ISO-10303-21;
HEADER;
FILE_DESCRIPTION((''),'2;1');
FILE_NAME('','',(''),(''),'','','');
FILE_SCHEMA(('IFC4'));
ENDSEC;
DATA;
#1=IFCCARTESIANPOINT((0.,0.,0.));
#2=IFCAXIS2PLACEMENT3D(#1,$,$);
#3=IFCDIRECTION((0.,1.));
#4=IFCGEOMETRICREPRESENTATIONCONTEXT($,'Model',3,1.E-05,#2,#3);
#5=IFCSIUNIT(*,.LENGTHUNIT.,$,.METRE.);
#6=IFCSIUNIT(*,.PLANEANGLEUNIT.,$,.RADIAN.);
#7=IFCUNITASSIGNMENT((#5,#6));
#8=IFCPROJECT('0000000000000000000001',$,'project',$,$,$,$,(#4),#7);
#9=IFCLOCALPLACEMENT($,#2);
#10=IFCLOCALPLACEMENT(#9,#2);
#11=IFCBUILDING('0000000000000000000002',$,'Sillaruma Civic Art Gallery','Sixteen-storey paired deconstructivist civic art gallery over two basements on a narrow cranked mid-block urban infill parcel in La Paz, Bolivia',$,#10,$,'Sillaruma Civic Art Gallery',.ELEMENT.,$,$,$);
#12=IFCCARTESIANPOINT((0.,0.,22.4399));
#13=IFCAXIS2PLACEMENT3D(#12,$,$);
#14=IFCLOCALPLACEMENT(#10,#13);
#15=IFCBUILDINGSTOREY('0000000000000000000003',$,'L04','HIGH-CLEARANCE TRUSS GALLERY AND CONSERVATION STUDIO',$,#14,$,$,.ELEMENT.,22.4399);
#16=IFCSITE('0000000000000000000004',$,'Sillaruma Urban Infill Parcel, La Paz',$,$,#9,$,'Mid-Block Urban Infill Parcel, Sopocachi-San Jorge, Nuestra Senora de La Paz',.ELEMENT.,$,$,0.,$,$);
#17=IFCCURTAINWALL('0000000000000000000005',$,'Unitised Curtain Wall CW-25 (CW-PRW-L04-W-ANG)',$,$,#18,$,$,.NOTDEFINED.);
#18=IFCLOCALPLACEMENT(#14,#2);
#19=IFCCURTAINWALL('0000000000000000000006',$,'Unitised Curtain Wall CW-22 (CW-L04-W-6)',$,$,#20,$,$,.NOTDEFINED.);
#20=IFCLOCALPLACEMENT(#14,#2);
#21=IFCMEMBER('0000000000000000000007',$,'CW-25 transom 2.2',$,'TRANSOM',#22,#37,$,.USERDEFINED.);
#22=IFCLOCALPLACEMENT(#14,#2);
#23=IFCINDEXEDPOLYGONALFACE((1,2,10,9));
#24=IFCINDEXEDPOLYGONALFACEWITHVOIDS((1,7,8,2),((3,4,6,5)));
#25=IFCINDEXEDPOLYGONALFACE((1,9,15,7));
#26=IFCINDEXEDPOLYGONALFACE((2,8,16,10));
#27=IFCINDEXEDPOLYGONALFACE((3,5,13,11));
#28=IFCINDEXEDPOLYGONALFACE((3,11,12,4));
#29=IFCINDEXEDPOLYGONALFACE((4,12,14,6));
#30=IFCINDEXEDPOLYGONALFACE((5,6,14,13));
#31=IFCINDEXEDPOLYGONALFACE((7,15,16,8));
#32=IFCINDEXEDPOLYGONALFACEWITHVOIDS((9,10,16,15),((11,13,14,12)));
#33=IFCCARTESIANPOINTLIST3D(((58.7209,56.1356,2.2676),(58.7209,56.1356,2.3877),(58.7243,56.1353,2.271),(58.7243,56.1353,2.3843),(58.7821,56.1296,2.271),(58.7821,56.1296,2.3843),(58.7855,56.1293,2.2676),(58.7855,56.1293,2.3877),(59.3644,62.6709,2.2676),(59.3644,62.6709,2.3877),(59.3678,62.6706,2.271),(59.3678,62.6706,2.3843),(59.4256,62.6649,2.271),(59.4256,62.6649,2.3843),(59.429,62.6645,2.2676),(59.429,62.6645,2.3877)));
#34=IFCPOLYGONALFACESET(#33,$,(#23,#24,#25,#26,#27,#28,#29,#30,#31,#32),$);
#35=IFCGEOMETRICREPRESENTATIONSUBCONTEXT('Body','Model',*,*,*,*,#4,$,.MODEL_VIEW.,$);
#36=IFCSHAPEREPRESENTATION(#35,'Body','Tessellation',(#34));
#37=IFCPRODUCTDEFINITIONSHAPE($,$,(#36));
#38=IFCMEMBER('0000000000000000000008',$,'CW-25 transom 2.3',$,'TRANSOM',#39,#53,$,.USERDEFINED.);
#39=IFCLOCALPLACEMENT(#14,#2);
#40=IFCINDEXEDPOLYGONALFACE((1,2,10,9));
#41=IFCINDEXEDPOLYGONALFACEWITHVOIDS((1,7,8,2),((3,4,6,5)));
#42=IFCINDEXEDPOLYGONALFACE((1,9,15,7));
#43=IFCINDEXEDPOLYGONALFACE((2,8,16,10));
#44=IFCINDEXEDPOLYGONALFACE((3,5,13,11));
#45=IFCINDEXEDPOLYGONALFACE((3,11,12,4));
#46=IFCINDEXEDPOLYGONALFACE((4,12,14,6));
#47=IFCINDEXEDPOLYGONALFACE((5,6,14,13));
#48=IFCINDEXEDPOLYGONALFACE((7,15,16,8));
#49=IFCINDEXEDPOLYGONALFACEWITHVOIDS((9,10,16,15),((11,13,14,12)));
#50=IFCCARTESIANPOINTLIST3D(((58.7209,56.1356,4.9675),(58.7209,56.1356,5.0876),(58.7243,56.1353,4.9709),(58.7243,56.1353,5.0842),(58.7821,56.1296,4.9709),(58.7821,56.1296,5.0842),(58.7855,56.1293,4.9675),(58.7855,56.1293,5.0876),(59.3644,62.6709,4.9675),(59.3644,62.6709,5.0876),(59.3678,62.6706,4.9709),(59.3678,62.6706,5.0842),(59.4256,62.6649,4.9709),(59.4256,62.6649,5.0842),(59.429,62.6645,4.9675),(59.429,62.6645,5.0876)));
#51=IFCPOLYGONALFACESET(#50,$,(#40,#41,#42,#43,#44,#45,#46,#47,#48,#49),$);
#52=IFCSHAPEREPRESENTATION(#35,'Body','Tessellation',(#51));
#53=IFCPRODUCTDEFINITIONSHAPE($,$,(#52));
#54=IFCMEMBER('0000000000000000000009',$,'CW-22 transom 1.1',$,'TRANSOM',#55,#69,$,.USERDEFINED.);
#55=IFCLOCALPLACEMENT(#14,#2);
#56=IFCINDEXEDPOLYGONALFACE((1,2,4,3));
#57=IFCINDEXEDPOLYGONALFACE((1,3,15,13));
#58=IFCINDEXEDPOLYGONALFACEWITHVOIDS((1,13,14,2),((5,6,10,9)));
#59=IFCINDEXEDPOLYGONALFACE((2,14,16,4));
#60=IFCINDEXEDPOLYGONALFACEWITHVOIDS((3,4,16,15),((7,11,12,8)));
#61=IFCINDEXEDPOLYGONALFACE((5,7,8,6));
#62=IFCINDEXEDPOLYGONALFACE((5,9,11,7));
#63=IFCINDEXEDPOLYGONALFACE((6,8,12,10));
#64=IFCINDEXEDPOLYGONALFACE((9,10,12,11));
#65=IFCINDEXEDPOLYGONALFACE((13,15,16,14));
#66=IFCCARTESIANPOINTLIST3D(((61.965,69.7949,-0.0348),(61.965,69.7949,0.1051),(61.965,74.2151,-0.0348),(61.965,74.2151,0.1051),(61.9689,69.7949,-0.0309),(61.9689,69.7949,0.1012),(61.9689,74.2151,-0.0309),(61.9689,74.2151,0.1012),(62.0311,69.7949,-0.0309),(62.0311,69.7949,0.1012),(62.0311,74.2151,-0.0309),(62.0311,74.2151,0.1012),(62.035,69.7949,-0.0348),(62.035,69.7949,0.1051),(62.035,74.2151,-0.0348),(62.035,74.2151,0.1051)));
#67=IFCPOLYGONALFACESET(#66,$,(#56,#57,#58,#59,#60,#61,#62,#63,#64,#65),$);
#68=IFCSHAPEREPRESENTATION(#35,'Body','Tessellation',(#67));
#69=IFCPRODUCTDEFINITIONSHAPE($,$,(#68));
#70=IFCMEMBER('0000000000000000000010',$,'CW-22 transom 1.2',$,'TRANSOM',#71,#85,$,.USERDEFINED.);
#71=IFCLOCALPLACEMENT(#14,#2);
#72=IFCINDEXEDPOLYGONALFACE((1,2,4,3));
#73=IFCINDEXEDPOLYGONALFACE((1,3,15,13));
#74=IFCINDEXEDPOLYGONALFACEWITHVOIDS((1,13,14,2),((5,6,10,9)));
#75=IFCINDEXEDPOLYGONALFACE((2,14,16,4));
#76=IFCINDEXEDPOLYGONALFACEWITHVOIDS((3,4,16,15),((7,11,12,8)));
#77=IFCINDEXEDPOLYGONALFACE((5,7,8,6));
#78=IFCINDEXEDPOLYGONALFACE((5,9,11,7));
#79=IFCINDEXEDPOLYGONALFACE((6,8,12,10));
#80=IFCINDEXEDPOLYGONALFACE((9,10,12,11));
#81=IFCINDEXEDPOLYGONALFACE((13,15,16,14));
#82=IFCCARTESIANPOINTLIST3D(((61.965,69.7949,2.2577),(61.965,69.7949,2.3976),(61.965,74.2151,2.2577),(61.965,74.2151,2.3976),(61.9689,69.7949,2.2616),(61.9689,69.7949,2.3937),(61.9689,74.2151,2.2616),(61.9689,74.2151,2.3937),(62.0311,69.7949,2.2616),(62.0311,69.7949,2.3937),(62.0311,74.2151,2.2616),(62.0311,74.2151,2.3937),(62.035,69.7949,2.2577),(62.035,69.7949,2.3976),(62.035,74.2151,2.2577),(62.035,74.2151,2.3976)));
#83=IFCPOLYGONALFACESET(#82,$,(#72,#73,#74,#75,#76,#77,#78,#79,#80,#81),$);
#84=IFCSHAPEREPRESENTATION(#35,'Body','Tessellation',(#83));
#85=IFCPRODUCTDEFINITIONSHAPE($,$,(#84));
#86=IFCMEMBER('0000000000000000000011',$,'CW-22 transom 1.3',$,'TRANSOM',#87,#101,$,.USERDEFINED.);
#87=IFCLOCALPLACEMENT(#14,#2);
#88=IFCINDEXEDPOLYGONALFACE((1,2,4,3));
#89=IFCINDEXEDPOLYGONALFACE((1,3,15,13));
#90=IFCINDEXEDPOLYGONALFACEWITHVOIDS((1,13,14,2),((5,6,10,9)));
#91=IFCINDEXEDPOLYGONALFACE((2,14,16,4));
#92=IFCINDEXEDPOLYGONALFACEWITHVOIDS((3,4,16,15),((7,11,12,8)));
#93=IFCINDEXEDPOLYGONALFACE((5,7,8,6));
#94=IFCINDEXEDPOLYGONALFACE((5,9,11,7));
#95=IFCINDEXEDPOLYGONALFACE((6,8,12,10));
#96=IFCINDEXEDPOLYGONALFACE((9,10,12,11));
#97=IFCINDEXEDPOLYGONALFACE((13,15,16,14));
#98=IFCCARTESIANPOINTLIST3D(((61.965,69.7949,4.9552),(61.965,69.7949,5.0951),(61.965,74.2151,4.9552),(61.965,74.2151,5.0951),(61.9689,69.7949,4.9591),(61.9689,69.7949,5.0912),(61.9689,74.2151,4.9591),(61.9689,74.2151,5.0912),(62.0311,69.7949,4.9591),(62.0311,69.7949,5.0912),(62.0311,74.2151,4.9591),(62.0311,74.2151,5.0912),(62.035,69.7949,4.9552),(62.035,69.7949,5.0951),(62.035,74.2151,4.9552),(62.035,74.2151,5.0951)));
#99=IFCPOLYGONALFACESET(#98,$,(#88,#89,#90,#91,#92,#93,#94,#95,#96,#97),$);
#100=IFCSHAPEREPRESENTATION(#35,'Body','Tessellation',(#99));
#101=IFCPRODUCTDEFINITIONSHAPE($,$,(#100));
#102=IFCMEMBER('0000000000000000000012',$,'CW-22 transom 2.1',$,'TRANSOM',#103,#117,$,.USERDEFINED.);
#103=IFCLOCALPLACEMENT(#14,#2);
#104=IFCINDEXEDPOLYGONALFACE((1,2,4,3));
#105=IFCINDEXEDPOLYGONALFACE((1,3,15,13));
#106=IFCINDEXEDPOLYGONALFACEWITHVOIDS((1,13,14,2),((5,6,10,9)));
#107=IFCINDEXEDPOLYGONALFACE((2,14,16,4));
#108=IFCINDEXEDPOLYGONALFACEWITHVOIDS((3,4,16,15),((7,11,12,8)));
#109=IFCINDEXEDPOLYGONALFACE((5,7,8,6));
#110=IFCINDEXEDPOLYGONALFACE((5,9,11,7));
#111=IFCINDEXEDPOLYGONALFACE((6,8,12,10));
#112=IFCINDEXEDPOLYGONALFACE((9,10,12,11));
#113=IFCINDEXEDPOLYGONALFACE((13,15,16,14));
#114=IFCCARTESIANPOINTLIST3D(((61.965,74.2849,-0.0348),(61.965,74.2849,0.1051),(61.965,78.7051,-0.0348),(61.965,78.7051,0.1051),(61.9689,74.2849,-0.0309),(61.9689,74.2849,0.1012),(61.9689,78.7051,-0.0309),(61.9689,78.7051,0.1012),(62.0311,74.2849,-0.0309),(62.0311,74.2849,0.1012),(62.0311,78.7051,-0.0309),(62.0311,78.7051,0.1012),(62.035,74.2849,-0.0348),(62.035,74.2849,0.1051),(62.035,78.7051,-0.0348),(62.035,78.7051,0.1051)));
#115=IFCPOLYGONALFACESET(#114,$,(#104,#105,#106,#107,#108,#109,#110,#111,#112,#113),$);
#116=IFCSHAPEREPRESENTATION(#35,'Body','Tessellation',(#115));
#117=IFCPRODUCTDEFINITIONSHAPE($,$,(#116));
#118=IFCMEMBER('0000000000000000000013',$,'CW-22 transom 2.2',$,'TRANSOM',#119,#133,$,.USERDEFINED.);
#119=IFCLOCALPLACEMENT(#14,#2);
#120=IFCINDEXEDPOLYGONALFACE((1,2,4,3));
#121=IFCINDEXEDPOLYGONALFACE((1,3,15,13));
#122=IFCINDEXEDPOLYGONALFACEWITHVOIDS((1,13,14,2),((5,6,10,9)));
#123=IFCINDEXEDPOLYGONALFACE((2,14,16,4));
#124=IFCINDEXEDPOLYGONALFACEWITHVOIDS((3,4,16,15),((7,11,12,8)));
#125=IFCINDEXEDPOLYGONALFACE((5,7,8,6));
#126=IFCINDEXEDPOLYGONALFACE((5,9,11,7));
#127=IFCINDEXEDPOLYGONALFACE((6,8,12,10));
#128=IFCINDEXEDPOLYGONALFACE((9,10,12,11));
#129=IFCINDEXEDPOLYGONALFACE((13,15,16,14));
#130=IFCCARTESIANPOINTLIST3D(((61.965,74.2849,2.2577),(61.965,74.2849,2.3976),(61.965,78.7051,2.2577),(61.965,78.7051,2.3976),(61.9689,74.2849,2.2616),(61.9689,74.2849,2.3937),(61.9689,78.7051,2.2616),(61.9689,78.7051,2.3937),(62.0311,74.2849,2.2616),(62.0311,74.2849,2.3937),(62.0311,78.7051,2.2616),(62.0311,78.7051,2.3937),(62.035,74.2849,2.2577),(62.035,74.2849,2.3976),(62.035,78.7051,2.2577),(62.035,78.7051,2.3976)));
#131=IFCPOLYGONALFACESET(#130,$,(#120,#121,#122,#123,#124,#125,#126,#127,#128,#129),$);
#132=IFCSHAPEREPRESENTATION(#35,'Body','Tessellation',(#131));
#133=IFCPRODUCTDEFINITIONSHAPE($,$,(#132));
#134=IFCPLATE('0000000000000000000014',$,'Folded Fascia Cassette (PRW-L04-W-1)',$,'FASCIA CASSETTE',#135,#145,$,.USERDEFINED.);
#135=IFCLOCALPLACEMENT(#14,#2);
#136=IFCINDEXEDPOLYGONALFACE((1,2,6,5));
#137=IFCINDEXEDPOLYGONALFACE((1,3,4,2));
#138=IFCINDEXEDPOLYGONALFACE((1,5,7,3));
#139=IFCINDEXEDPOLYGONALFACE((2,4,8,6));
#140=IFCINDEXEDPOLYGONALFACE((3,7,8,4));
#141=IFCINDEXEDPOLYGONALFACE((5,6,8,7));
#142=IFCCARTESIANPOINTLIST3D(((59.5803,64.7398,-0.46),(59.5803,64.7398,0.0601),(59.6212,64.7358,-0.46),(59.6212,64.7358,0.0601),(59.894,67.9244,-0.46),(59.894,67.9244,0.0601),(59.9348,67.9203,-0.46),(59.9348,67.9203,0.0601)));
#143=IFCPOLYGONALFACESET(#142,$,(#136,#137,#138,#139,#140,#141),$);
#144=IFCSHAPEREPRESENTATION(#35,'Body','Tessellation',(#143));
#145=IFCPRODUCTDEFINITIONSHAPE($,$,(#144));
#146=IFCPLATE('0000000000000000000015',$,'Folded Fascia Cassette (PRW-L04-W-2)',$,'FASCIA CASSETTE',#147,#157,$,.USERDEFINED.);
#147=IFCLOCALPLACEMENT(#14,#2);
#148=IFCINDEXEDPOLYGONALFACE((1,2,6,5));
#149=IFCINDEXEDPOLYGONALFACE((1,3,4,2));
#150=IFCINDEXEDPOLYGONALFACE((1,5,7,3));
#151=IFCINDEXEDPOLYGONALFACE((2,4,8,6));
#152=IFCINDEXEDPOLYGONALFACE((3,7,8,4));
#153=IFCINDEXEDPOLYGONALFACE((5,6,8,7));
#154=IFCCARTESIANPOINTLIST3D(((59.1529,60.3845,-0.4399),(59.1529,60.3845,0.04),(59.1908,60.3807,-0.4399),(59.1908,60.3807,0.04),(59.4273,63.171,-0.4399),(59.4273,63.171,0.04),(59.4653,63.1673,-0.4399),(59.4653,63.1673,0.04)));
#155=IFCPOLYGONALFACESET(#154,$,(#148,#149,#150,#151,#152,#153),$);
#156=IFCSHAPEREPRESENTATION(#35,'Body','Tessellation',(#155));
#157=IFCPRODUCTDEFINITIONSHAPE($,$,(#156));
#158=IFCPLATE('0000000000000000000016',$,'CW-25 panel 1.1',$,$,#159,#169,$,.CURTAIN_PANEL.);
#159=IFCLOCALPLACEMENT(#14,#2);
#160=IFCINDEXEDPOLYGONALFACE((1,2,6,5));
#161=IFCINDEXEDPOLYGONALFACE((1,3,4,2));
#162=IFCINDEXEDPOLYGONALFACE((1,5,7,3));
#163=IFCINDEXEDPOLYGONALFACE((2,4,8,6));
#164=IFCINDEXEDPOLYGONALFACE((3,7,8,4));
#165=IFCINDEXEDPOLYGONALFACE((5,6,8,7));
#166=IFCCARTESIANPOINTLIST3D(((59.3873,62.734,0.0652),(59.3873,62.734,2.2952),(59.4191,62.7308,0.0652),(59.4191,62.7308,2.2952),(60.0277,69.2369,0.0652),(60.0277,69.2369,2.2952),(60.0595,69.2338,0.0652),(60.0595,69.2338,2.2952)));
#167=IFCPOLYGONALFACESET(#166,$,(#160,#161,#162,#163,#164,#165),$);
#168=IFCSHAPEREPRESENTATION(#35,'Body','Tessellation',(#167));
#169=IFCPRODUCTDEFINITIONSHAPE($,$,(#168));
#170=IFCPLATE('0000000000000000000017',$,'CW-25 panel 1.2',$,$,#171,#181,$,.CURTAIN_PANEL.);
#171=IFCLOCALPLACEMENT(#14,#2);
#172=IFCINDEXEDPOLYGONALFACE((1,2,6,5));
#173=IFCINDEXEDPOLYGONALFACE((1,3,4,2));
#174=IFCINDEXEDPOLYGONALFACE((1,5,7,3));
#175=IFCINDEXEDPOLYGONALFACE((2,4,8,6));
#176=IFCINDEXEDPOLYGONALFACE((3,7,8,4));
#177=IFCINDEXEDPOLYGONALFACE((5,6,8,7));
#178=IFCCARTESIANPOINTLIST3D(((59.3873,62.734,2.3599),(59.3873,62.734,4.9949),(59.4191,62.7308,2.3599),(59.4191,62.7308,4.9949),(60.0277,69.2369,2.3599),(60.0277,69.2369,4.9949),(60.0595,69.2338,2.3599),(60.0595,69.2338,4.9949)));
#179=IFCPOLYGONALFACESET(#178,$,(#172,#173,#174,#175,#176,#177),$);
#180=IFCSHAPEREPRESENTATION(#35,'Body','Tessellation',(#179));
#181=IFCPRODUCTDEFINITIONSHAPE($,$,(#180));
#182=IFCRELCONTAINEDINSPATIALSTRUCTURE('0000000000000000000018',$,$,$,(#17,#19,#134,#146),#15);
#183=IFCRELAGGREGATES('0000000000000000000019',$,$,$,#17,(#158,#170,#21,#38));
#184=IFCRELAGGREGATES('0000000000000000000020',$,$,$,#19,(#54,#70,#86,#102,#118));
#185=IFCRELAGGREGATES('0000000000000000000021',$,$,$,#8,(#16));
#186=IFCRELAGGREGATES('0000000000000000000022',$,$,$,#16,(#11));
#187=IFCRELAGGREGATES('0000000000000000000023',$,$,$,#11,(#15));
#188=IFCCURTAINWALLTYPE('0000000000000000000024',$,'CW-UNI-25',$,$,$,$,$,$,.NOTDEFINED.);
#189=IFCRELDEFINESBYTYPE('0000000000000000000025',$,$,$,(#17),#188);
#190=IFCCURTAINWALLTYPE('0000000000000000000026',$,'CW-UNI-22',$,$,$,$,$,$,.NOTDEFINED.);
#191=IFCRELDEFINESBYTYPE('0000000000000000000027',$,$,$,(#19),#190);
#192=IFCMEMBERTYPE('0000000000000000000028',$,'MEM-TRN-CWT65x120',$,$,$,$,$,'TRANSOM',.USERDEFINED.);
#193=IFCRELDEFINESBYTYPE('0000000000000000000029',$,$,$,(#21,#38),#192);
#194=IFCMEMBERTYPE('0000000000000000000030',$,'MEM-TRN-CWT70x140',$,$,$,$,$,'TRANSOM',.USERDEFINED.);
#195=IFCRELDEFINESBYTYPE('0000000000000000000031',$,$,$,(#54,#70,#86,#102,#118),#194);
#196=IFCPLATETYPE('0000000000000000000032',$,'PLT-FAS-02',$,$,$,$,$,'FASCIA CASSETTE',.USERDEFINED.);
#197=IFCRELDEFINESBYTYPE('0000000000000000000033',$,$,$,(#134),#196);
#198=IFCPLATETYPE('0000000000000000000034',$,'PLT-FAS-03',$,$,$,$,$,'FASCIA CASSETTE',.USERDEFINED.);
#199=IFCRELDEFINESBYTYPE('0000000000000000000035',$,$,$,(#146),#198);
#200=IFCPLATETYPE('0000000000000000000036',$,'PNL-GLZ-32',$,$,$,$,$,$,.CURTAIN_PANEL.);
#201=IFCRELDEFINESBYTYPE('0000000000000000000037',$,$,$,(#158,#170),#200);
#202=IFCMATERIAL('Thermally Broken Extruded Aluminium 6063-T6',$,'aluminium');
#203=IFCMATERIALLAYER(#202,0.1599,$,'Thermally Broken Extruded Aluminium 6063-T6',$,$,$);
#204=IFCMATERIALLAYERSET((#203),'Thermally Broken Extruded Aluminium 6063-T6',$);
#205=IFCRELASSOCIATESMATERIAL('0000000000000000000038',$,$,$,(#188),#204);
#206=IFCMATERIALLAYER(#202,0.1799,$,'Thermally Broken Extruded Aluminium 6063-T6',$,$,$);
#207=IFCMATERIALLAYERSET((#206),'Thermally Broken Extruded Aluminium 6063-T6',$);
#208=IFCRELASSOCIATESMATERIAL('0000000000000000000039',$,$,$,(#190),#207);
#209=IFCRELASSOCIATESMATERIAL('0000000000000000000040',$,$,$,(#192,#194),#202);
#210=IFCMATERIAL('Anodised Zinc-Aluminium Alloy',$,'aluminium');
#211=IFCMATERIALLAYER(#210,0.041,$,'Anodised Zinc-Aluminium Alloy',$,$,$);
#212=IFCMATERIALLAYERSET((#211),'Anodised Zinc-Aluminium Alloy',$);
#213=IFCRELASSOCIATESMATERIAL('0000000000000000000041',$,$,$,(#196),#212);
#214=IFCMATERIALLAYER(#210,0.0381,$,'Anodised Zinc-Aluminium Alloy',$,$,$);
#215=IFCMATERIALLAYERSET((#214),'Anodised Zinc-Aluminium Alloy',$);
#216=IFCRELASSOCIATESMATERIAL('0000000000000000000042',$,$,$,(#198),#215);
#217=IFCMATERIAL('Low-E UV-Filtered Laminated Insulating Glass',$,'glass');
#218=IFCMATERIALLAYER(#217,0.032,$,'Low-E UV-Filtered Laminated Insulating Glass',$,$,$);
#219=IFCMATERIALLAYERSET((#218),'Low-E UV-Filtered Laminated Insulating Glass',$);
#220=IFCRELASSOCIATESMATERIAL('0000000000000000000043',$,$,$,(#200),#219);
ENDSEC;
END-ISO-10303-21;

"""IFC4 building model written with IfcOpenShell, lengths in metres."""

from ifc_helpers import new_model, si_unit, direction, frame, origin, origin_2d, place, context, subcontext, project, spatial, rectangle, hollow_rectangle, extrude, material, layer, layer_set, material_profile, profile_set, type_object, element, aggregate, save


model = new_model("IFC4")

# Units and contexts
model_context = context("Model", 3, precision=1e-05, world=origin(), true_north=direction((0.0, 1.0)))
body_context = subcontext(model_context, "Body", "Model", "MODEL_VIEW")
ifc_project = project(units=[si_unit("LENGTHUNIT", "METRE"), si_unit("PLANEANGLEUNIT", "RADIAN")], contexts=[model_context])

# Site, building, storey
site_placement = place(None, origin())
site = spatial("IfcSite", under=ifc_project, at=site_placement, Name="Sillaruma Urban Infill Parcel, La Paz", LongName="Mid-Block Urban Infill Parcel, Sopocachi-San Jorge, Nuestra Senora de La Paz", CompositionType="ELEMENT", RefElevation=0.0)
building_placement = place(site_placement, origin())
building = spatial("IfcBuilding", under=site, at=building_placement, Name="Sillaruma Civic Art Gallery", Description="Sixteen-storey paired deconstructivist civic art gallery over two basements on a narrow cranked mid-block urban infill parcel in La Paz, Bolivia", LongName="Sillaruma Civic Art Gallery", CompositionType="ELEMENT")
storey_placement = place(building_placement, frame((0.0, 0.0, 22.4399)))
storey = spatial("IfcBuildingStorey", under=building, at=storey_placement, Name="L04", Description="HIGH-CLEARANCE TRUSS GALLERY AND CONSERVATION STUDIO", CompositionType="ELEMENT", Elevation=22.4399)

# Curtain walls
ifc_material_1 = material(Name="Thermally Broken Extruded Aluminium 6063-T6", Category="aluminium")
ifc_layer_1 = layer(ifc_material_1, 0.1599, Name="Thermally Broken Extruded Aluminium 6063-T6")
ifc_layer_set_1 = layer_set([ifc_layer_1], Name="Thermally Broken Extruded Aluminium 6063-T6")
curtain_wall_type_1 = type_object("IfcCurtainWallType", Name="CW-UNI-25", PredefinedType="NOTDEFINED", material=ifc_layer_set_1)
curtain_wall_1_placement = place(storey_placement, origin())
curtain_wall_1 = element("IfcCurtainWall", 1, at=curtain_wall_1_placement, inside=storey, type_object=curtain_wall_type_1, Name="Unitised Curtain Wall CW-25 (CW-PRW-L04-W-ANG)", PredefinedType="NOTDEFINED")
ifc_layer_2 = layer(ifc_material_1, 0.1799, Name="Thermally Broken Extruded Aluminium 6063-T6")
ifc_layer_set_2 = layer_set([ifc_layer_2], Name="Thermally Broken Extruded Aluminium 6063-T6")
curtain_wall_type_2 = type_object("IfcCurtainWallType", Name="CW-UNI-22", PredefinedType="NOTDEFINED", material=ifc_layer_set_2)
curtain_wall_2_placement = place(storey_placement, origin())
curtain_wall_2 = element("IfcCurtainWall", 2, at=curtain_wall_2_placement, inside=storey, type_object=curtain_wall_type_2, Name="Unitised Curtain Wall CW-22 (CW-L04-W-6)", PredefinedType="NOTDEFINED")

# Members
ifc_material_profile_1 = material_profile(ifc_material_1, hollow_rectangle(XDim=0.0649, YDim=0.1201, WallThickness=0.0034, at=origin_2d()), Name="CWT65x120")
ifc_profile_set_1 = profile_set([ifc_material_profile_1], Name="Thermally Broken Extruded Aluminium 6063-T6")
member_type_1 = type_object("IfcMemberType", Name="MEM-TRN-CWT65x120", ElementType="TRANSOM", PredefinedType="USERDEFINED", material=ifc_profile_set_1)
member_1_placement = place(storey_placement, frame((59.3967, 62.6677, 2.3276), z_axis=(-0.097998, -0.995187, 0.0), x_axis=(0.995187, -0.097998, 0.0)))
member_1 = element("IfcMember", 3, at=member_1_placement, type_object=member_type_1, Name="CW-25 transom 2.2", ObjectType="TRANSOM", PredefinedType="USERDEFINED", context=body_context, shape_type="SweptSolid", body=[
    extrude(hollow_rectangle(XDim=0.0649, YDim=0.1201, WallThickness=0.0034, at=origin_2d()), origin(), (0.0, 0.0, 1.0), 6.5669),
])
member_2_placement = place(storey_placement, frame((59.3967, 62.6677, 5.0276), z_axis=(-0.097998, -0.995187, 0.0), x_axis=(0.995187, -0.097998, 0.0)))
member_2 = element("IfcMember", 4, at=member_2_placement, type_object=member_type_1, Name="CW-25 transom 2.3", ObjectType="TRANSOM", PredefinedType="USERDEFINED", context=body_context, shape_type="SweptSolid", body=[
    extrude(hollow_rectangle(XDim=0.0649, YDim=0.1201, WallThickness=0.0034, at=origin_2d()), origin(), (0.0, 0.0, 1.0), 6.5669),
])
ifc_material_profile_2 = material_profile(ifc_material_1, hollow_rectangle(XDim=0.0701, YDim=0.1399, WallThickness=0.0039, at=origin_2d()), Name="CWT70x140")
ifc_profile_set_2 = profile_set([ifc_material_profile_2], Name="Thermally Broken Extruded Aluminium 6063-T6")
member_type_2 = type_object("IfcMemberType", Name="MEM-TRN-CWT70x140", ElementType="TRANSOM", PredefinedType="USERDEFINED", material=ifc_profile_set_2)
member_3_placement = place(storey_placement, frame((62.0, 69.7949, 0.0352), z_axis=(0.0, 1.0, 0.0), x_axis=(-1.0, 0.0, 0.0)))
member_3 = element("IfcMember", 5, at=member_3_placement, type_object=member_type_2, Name="CW-22 transom 1.1", ObjectType="TRANSOM", PredefinedType="USERDEFINED", context=body_context, shape_type="SweptSolid", body=[
    extrude(hollow_rectangle(XDim=0.0701, YDim=0.1399, WallThickness=0.0039, at=origin_2d()), origin(), (0.0, 0.0, 1.0), 4.4202),
])
member_4_placement = place(storey_placement, frame((62.0, 69.7949, 2.3276), z_axis=(0.0, 1.0, 0.0), x_axis=(-1.0, 0.0, 0.0)))
member_4 = element("IfcMember", 6, at=member_4_placement, type_object=member_type_2, Name="CW-22 transom 1.2", ObjectType="TRANSOM", PredefinedType="USERDEFINED", context=body_context, shape_type="SweptSolid", body=[
    extrude(hollow_rectangle(XDim=0.0701, YDim=0.1399, WallThickness=0.0039, at=origin_2d()), origin(), (0.0, 0.0, 1.0), 4.4202),
])
member_5_placement = place(storey_placement, frame((62.0, 69.7949, 5.0251), z_axis=(0.0, 1.0, 0.0), x_axis=(-1.0, 0.0, 0.0)))
member_5 = element("IfcMember", 7, at=member_5_placement, type_object=member_type_2, Name="CW-22 transom 1.3", ObjectType="TRANSOM", PredefinedType="USERDEFINED", context=body_context, shape_type="SweptSolid", body=[
    extrude(hollow_rectangle(XDim=0.0701, YDim=0.1399, WallThickness=0.0039, at=origin_2d()), origin(), (0.0, 0.0, 1.0), 4.4202),
])
member_6_placement = place(storey_placement, frame((62.0, 74.2849, 0.0352), z_axis=(0.0, 1.0, 0.0), x_axis=(-1.0, 0.0, 0.0)))
member_6 = element("IfcMember", 8, at=member_6_placement, type_object=member_type_2, Name="CW-22 transom 2.1", ObjectType="TRANSOM", PredefinedType="USERDEFINED", context=body_context, shape_type="SweptSolid", body=[
    extrude(hollow_rectangle(XDim=0.0701, YDim=0.1399, WallThickness=0.0039, at=origin_2d()), origin(), (0.0, 0.0, 1.0), 4.4202),
])
member_7_placement = place(storey_placement, frame((62.0, 74.2849, 2.3276), z_axis=(0.0, 1.0, 0.0), x_axis=(-1.0, 0.0, 0.0)))
member_7 = element("IfcMember", 9, at=member_7_placement, type_object=member_type_2, Name="CW-22 transom 2.2", ObjectType="TRANSOM", PredefinedType="USERDEFINED", context=body_context, shape_type="SweptSolid", body=[
    extrude(hollow_rectangle(XDim=0.0701, YDim=0.1399, WallThickness=0.0039, at=origin_2d()), origin(), (0.0, 0.0, 1.0), 4.4202),
])

# Plates
ifc_material_2 = material(Name="Anodised Zinc-Aluminium Alloy", Category="aluminium")
ifc_layer_3 = layer(ifc_material_2, 0.041, Name="Anodised Zinc-Aluminium Alloy")
ifc_layer_set_3 = layer_set([ifc_layer_3], Name="Anodised Zinc-Aluminium Alloy")
plate_type_1 = type_object("IfcPlateType", Name="PLT-FAS-02", ElementType="FASCIA CASSETTE", PredefinedType="USERDEFINED", material=ifc_layer_set_3)
plate_1_placement = place(storey_placement, frame((59.7576, 66.3301, -0.46), z_axis=(0.0, 0.0, 1.0), x_axis=(-0.098011, -0.995185, 0.0)))
element("IfcPlate", 10, at=plate_1_placement, inside=storey, type_object=plate_type_1, Name="Folded Fascia Cassette (PRW-L04-W-1)", ObjectType="FASCIA CASSETTE", PredefinedType="USERDEFINED", context=body_context, shape_type="SweptSolid", body=[
    extrude(rectangle(XDim=3.2, YDim=0.041, at=origin_2d()), origin(), (0.0, 0.0, 1.0), 0.52),
])
ifc_layer_4 = layer(ifc_material_2, 0.0381, Name="Anodised Zinc-Aluminium Alloy")
ifc_layer_set_4 = layer_set([ifc_layer_4], Name="Anodised Zinc-Aluminium Alloy")
plate_type_2 = type_object("IfcPlateType", Name="PLT-FAS-03", ElementType="FASCIA CASSETTE", PredefinedType="USERDEFINED", material=ifc_layer_set_4)
plate_2_placement = place(storey_placement, frame((59.3091, 61.7759, -0.4399), z_axis=(0.0, 0.0, 1.0), x_axis=(-0.098011, -0.995185, 0.0)))
element("IfcPlate", 11, at=plate_2_placement, inside=storey, type_object=plate_type_2, Name="Folded Fascia Cassette (PRW-L04-W-2)", ObjectType="FASCIA CASSETTE", PredefinedType="USERDEFINED", context=body_context, shape_type="SweptSolid", body=[
    extrude(rectangle(XDim=2.8, YDim=0.0381, at=origin_2d()), origin(), (0.0, 0.0, 1.0), 0.48),
])

# Plates
ifc_material_3 = material(Name="Low-E UV-Filtered Laminated Insulating Glass", Category="glass")
ifc_layer_5 = layer(ifc_material_3, 0.032, Name="Low-E UV-Filtered Laminated Insulating Glass")
ifc_layer_set_5 = layer_set([ifc_layer_5], Name="Low-E UV-Filtered Laminated Insulating Glass")
plate_type_3 = type_object("IfcPlateType", Name="PNL-GLZ-32", PredefinedType="CURTAIN_PANEL", material=ifc_layer_set_5)
plate_3_placement = place(storey_placement, frame((59.7234, 65.9839, 0.0652), z_axis=(0.0, 0.0, 1.0), x_axis=(-0.098011, -0.995185, 0.0)))
plate_3 = element("IfcPlate", 12, at=plate_3_placement, type_object=plate_type_3, Name="CW-25 panel 1.1", PredefinedType="CURTAIN_PANEL", context=body_context, shape_type="SweptSolid", body=[
    extrude(rectangle(XDim=6.5344, YDim=0.032, at=origin_2d()), origin(), (0.0, 0.0, 1.0), 2.23),
])
plate_4_placement = place(storey_placement, frame((59.7234, 65.9839, 2.3599), z_axis=(0.0, 0.0, 1.0), x_axis=(-0.098011, -0.995185, 0.0)))
plate_4 = element("IfcPlate", 13, at=plate_4_placement, type_object=plate_type_3, Name="CW-25 panel 1.2", PredefinedType="CURTAIN_PANEL", context=body_context, shape_type="SweptSolid", body=[
    extrude(rectangle(XDim=6.5344, YDim=0.032, at=origin_2d()), origin(), (0.0, 0.0, 1.0), 2.635),
])
aggregate(curtain_wall_1, [plate_3, plate_4, member_1, member_2])
aggregate(curtain_wall_2, [member_3, member_4, member_5, member_6, member_7])

save(model, "model.ifc")
